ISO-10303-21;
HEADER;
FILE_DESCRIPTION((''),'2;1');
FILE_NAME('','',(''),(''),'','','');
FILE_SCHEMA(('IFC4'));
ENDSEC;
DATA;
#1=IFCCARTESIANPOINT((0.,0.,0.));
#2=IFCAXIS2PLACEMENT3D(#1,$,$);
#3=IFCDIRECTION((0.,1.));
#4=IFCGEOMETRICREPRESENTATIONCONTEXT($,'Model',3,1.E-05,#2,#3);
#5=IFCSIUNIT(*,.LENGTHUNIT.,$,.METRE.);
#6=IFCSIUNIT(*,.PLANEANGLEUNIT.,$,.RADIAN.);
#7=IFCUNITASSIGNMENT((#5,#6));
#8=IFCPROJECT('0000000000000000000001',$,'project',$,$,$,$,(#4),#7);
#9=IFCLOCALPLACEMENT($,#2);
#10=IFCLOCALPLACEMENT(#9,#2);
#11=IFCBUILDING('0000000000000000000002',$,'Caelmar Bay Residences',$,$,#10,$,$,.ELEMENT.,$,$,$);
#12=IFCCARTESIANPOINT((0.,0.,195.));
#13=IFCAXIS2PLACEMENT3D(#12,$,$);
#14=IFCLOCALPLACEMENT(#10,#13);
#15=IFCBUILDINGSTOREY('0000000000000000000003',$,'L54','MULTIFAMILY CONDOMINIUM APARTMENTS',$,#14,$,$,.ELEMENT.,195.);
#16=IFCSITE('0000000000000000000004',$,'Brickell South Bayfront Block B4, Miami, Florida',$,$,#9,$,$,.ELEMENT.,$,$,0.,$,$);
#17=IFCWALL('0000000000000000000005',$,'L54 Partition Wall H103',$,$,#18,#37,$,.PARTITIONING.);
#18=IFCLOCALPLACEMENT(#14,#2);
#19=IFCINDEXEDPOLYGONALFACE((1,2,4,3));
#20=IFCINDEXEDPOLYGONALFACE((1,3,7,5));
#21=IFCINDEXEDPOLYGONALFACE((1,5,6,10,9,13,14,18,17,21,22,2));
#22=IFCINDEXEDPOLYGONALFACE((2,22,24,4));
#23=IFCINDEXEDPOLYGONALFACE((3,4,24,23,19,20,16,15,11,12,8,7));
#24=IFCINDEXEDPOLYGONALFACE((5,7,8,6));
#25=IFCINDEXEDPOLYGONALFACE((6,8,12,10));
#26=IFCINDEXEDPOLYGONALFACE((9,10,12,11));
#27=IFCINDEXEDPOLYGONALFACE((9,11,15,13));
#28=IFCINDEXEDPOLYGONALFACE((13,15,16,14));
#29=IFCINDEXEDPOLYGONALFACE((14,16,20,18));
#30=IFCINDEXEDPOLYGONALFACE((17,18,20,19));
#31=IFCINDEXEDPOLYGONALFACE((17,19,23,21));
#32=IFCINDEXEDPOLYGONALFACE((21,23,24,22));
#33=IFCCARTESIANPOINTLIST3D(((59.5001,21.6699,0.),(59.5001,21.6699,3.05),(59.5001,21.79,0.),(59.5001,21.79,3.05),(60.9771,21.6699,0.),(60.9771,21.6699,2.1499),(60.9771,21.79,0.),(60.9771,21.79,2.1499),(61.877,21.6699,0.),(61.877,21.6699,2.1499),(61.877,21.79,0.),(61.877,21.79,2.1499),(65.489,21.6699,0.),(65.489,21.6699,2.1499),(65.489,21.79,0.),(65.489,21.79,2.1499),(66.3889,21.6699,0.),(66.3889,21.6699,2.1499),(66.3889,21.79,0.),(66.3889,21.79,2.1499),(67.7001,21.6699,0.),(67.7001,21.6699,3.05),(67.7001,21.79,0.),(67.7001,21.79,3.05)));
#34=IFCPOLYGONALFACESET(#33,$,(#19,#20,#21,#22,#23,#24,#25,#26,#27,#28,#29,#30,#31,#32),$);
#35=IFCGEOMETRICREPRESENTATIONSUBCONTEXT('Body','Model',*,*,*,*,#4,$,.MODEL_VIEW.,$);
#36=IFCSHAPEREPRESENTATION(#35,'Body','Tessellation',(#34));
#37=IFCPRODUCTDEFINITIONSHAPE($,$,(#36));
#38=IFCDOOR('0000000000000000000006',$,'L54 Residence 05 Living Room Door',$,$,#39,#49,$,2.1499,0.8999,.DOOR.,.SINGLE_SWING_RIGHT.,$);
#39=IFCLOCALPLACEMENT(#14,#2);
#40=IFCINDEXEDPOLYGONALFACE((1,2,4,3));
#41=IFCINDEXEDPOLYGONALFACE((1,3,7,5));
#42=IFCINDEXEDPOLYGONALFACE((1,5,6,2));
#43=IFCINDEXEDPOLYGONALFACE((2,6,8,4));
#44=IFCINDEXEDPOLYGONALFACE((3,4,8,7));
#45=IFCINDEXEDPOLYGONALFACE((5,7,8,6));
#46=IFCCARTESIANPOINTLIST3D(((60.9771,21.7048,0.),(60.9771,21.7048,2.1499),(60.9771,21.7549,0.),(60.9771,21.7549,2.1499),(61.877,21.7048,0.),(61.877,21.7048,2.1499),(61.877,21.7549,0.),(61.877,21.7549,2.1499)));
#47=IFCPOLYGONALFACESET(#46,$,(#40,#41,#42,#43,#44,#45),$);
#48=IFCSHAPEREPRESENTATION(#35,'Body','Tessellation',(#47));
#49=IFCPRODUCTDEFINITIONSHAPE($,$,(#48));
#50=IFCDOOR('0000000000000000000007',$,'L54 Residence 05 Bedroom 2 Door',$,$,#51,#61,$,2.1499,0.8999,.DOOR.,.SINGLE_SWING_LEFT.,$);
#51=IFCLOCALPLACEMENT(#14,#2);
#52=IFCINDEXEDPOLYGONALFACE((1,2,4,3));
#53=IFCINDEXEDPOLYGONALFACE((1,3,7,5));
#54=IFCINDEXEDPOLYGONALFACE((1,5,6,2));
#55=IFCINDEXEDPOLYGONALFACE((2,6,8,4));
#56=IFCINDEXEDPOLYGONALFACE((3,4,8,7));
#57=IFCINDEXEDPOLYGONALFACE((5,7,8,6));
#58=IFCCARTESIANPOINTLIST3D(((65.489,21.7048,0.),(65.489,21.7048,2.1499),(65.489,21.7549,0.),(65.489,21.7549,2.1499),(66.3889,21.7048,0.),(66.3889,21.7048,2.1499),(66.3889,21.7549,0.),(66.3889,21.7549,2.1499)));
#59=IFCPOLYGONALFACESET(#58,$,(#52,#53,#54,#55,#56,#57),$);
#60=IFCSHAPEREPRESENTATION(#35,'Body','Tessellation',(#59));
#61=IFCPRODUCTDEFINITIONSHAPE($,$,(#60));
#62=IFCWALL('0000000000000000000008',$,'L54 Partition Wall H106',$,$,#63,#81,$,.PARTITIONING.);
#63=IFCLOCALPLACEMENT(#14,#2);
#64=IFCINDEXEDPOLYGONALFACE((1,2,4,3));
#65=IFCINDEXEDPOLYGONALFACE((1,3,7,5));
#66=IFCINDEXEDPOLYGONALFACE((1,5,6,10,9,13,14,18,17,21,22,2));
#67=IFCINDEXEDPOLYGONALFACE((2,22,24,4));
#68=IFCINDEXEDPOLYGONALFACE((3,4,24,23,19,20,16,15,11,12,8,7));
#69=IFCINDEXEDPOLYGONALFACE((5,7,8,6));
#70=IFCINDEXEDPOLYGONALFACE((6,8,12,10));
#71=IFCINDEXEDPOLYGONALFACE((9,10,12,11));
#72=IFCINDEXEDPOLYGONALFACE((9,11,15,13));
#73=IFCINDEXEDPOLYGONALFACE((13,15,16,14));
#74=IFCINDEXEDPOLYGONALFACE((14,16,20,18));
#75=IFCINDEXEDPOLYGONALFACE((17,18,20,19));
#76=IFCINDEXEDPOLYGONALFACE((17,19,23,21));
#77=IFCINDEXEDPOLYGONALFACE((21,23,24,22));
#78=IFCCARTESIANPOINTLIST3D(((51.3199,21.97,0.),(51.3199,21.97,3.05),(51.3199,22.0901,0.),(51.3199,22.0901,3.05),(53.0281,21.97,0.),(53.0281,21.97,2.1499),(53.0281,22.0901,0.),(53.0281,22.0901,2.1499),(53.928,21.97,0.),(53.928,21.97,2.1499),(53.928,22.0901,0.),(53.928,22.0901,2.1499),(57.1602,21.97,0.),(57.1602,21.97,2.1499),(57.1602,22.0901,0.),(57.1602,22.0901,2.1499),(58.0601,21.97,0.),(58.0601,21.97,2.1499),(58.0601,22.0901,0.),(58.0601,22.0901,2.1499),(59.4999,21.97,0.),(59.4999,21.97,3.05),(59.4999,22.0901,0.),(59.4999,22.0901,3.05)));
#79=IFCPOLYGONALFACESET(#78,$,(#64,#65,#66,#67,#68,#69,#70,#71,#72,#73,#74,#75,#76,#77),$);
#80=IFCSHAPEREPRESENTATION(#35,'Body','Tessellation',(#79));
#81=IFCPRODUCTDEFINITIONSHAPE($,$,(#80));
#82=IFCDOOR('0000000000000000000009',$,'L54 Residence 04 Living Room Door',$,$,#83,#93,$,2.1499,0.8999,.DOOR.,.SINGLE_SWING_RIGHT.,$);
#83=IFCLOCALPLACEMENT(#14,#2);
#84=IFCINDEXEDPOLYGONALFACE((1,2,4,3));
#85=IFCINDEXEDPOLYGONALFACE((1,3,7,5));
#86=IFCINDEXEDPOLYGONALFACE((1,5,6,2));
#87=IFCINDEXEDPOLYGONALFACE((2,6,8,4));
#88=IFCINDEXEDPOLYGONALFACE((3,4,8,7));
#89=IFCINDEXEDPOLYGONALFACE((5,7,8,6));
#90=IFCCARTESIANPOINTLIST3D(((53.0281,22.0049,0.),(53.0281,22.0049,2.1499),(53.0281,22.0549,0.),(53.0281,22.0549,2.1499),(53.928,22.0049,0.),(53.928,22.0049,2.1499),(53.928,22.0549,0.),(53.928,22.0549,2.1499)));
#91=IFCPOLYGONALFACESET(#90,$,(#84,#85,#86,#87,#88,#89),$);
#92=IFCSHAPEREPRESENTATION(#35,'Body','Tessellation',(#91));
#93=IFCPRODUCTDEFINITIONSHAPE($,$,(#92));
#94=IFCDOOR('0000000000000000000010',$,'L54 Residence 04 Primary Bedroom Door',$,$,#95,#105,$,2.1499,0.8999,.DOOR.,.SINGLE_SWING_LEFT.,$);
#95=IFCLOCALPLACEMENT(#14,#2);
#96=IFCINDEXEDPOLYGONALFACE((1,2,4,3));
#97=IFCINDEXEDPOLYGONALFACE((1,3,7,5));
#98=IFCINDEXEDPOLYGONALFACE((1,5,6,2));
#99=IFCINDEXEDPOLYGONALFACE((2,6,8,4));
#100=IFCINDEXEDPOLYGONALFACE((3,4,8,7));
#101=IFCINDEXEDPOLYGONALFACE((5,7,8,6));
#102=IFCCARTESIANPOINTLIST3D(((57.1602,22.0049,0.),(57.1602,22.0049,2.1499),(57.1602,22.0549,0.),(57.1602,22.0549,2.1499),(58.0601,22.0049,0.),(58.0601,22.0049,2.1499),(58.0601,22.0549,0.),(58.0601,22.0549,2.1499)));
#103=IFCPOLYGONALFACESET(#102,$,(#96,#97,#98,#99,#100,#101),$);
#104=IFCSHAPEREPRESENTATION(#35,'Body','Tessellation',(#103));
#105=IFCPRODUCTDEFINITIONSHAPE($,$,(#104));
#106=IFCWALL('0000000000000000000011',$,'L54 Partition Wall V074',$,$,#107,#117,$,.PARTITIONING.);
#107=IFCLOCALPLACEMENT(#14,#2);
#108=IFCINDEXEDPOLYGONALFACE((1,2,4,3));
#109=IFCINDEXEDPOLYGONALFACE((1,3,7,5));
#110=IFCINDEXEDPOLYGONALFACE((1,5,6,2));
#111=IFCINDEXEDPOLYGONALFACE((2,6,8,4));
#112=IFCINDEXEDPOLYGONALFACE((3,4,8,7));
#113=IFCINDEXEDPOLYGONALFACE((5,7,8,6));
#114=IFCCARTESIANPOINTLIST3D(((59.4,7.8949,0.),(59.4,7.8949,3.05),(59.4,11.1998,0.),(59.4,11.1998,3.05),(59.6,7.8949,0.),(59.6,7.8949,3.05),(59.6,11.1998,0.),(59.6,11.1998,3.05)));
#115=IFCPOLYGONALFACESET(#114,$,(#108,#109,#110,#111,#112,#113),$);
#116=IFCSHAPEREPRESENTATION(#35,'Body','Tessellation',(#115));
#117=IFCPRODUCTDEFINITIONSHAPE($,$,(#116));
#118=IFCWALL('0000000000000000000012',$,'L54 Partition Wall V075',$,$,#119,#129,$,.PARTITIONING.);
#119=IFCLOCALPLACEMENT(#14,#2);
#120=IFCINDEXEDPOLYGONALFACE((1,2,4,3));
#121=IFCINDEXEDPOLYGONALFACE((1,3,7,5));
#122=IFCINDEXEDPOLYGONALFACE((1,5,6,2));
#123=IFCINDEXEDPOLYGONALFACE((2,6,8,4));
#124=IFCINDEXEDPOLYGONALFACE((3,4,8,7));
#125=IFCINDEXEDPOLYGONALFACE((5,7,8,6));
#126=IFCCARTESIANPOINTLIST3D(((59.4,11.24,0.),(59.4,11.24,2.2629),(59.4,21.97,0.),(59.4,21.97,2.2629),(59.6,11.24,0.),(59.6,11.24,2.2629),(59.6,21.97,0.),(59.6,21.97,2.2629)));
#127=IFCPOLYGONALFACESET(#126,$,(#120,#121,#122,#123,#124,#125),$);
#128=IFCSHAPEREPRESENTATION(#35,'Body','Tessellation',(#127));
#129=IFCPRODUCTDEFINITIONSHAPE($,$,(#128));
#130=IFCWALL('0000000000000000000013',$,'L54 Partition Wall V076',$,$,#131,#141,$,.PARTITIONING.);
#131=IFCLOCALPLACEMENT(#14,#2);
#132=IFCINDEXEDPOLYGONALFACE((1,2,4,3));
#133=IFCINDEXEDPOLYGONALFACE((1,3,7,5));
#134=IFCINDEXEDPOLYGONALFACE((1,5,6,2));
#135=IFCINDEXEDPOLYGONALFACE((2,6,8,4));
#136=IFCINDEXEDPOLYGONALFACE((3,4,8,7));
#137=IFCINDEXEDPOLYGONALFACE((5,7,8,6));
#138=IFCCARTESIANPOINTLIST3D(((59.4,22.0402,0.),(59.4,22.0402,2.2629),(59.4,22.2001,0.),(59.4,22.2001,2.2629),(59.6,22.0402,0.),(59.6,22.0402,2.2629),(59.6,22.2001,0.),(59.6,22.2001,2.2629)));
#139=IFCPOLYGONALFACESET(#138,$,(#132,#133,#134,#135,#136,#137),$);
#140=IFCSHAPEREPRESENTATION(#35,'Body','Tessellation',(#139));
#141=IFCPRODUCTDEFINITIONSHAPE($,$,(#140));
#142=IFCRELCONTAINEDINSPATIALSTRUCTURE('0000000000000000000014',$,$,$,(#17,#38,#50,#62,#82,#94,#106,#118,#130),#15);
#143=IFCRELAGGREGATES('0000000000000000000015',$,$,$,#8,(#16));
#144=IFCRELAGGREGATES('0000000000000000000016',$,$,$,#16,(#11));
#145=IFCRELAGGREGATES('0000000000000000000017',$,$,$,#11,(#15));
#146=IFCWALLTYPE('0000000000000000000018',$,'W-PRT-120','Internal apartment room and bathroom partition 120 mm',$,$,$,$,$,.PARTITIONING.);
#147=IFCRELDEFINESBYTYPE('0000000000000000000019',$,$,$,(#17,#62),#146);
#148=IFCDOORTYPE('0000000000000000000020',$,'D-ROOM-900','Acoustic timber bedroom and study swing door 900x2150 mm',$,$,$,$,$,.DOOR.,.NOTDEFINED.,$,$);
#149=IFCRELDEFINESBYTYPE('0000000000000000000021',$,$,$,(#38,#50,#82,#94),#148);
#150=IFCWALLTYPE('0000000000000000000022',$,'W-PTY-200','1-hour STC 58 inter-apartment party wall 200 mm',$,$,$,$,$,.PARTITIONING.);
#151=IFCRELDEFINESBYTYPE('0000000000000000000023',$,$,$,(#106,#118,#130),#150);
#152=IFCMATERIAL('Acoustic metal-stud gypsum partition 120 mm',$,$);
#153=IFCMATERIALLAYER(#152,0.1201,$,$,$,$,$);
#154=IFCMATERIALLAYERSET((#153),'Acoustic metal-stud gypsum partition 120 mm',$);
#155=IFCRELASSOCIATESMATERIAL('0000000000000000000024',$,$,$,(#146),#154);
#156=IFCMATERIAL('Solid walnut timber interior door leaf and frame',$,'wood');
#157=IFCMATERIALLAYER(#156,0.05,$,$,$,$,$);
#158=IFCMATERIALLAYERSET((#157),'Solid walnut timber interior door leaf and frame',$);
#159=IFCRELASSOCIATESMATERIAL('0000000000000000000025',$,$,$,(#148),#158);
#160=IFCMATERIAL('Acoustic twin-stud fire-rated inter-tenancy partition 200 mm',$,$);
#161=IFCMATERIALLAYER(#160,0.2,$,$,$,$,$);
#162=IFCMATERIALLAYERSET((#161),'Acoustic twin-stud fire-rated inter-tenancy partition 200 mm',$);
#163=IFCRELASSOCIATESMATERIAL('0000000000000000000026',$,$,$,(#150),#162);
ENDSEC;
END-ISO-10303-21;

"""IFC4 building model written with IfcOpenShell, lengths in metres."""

from ifc_helpers import new_model, si_unit, direction, frame, frame_2d, origin, place, context, subcontext, project, spatial, rectangle, extrude, material, layer, layer_set, type_object, element, fill, save


model = new_model("IFC4")

# Units and contexts
model_context = context("Model", 3, precision=1e-05, world=origin(), true_north=direction((0.0, 1.0)))
body_context = subcontext(model_context, "Body", "Model", "MODEL_VIEW")
ifc_project = project(units=[si_unit("LENGTHUNIT", "METRE"), si_unit("PLANEANGLEUNIT", "RADIAN")], contexts=[model_context])

# Site, building, storey
site_placement = place(None, origin())
site = spatial("IfcSite", under=ifc_project, at=site_placement, Name="Brickell South Bayfront Block B4, Miami, Florida", CompositionType="ELEMENT", RefElevation=0.0)
building_placement = place(site_placement, origin())
building = spatial("IfcBuilding", under=site, at=building_placement, Name="Caelmar Bay Residences", CompositionType="ELEMENT")
storey_placement = place(building_placement, frame((0.0, 0.0, 195.0)))
storey = spatial("IfcBuildingStorey", under=building, at=storey_placement, Name="L54", Description="MULTIFAMILY CONDOMINIUM APARTMENTS", CompositionType="ELEMENT", Elevation=195.0)

# Shared definitions
ifc_material_1 = material(Name="Acoustic metal-stud gypsum partition 120 mm")
ifc_layer_1 = layer(ifc_material_1, 0.1201)
ifc_layer_set_1 = layer_set([ifc_layer_1], Name="Acoustic metal-stud gypsum partition 120 mm")
wall_type_1 = type_object("IfcWallType", Name="W-PRT-120", Description="Internal apartment room and bathroom partition 120 mm", PredefinedType="PARTITIONING", material=ifc_layer_set_1)

# Shared definitions
ifc_material_2 = material(Name="Solid walnut timber interior door leaf and frame", Category="wood")
ifc_layer_2 = layer(ifc_material_2, 0.05)
ifc_layer_set_2 = layer_set([ifc_layer_2], Name="Solid walnut timber interior door leaf and frame")
door_type = type_object("IfcDoorType", Name="D-ROOM-900", Description="Acoustic timber bedroom and study swing door 900x2150 mm", OperationType="NOTDEFINED", PredefinedType="DOOR", material=ifc_layer_set_2)

# Walls, openings, doors
wall_1_placement = place(storey_placement, frame((59.5, 21.73, 0.0), z_axis=(0.0, 0.0, 1.0), x_axis=(1.0, 0.0, 0.0)))
wall_1 = element("IfcWall", 1, at=wall_1_placement, inside=storey, type_object=wall_type_1, Name="L54 Partition Wall H103", PredefinedType="PARTITIONING", context=body_context, shape_type="SweptSolid", body=[
    extrude(rectangle(XDim=8.2, YDim=0.1201, at=frame_2d((4.1001, 0.0))), origin(), (0.0, 0.0, 1.0), 3.05),
])
opening_1_placement = place(wall_1_placement, frame((1.4771, 0.0, 0.0)))
opening_1 = element("IfcOpeningElement", 2, at=opening_1_placement, cuts=wall_1, PredefinedType="OPENING", context=body_context, shape_type="SweptSolid", body=[
    extrude(rectangle(XDim=0.8999, YDim=2.1499, at=frame_2d((0.45, 1.075))), frame((0.0, 0.0701, 0.0), z_axis=(0.0, -1.0, 0.0), x_axis=(1.0, 0.0, 0.0)), (0.0, 0.0, 1.0), 0.1401),
])
opening_2_placement = place(wall_1_placement, frame((5.989, 0.0, 0.0)))
opening_2 = element("IfcOpeningElement", 3, at=opening_2_placement, cuts=wall_1, PredefinedType="OPENING", context=body_context, shape_type="SweptSolid", body=[
    extrude(rectangle(XDim=0.8999, YDim=2.1499, at=frame_2d((0.45, 1.075))), frame((0.0, 0.0701, 0.0), z_axis=(0.0, -1.0, 0.0), x_axis=(1.0, 0.0, 0.0)), (0.0, 0.0, 1.0), 0.1401),
])
door_1_placement = place(opening_1_placement, origin())
door_1 = element("IfcDoor", 4, at=door_1_placement, inside=storey, type_object=door_type, Name="L54 Residence 05 Living Room Door", OperationType="SINGLE_SWING_RIGHT", OverallHeight=2.1499, OverallWidth=0.8999, PredefinedType="DOOR", context=body_context, shape_type="SweptSolid", body=[
    extrude(rectangle(XDim=0.8999, YDim=2.1499, at=frame_2d((0.45, 1.075))), frame((0.0, 0.0249, 0.0), z_axis=(0.0, -1.0, 0.0), x_axis=(1.0, 0.0, 0.0)), (0.0, 0.0, 1.0), 0.05),
])
fill(opening_1, door_1)
door_2_placement = place(opening_2_placement, origin())
door_2 = element("IfcDoor", 5, at=door_2_placement, inside=storey, type_object=door_type, Name="L54 Residence 05 Bedroom 2 Door", OperationType="SINGLE_SWING_LEFT", OverallHeight=2.1499, OverallWidth=0.8999, PredefinedType="DOOR", context=body_context, shape_type="SweptSolid", body=[
    extrude(rectangle(XDim=0.8999, YDim=2.1499, at=frame_2d((0.45, 1.075))), frame((0.0, 0.0249, 0.0), z_axis=(0.0, -1.0, 0.0), x_axis=(1.0, 0.0, 0.0)), (0.0, 0.0, 1.0), 0.05),
])
fill(opening_2, door_2)
wall_2_placement = place(storey_placement, frame((51.3201, 22.03, 0.0), z_axis=(0.0, 0.0, 1.0), x_axis=(1.0, 0.0, 0.0)))
wall_2 = element("IfcWall", 6, at=wall_2_placement, inside=storey, type_object=wall_type_1, Name="L54 Partition Wall H106", PredefinedType="PARTITIONING", context=body_context, shape_type="SweptSolid", body=[
    extrude(rectangle(XDim=8.1799, YDim=0.1201, at=frame_2d((4.0898, 0.0))), origin(), (0.0, 0.0, 1.0), 3.05),
])
opening_3_placement = place(wall_2_placement, frame((1.708, 0.0, 0.0)))
opening_3 = element("IfcOpeningElement", 7, at=opening_3_placement, cuts=wall_2, PredefinedType="OPENING", context=body_context, shape_type="SweptSolid", body=[
    extrude(rectangle(XDim=0.8999, YDim=2.1499, at=frame_2d((0.45, 1.075))), frame((0.0, 0.0701, 0.0), z_axis=(0.0, -1.0, 0.0), x_axis=(1.0, 0.0, 0.0)), (0.0, 0.0, 1.0), 0.1401),
])
opening_4_placement = place(wall_2_placement, frame((5.8401, 0.0, 0.0)))
opening_4 = element("IfcOpeningElement", 8, at=opening_4_placement, cuts=wall_2, PredefinedType="OPENING", context=body_context, shape_type="SweptSolid", body=[
    extrude(rectangle(XDim=0.8999, YDim=2.1499, at=frame_2d((0.45, 1.075))), frame((0.0, 0.0701, 0.0), z_axis=(0.0, -1.0, 0.0), x_axis=(1.0, 0.0, 0.0)), (0.0, 0.0, 1.0), 0.1401),
])
door_3_placement = place(opening_3_placement, origin())
door_3 = element("IfcDoor", 9, at=door_3_placement, inside=storey, type_object=door_type, Name="L54 Residence 04 Living Room Door", OperationType="SINGLE_SWING_RIGHT", OverallHeight=2.1499, OverallWidth=0.8999, PredefinedType="DOOR", context=body_context, shape_type="SweptSolid", body=[
    extrude(rectangle(XDim=0.8999, YDim=2.1499, at=frame_2d((0.45, 1.075))), frame((0.0, 0.0249, 0.0), z_axis=(0.0, -1.0, 0.0), x_axis=(1.0, 0.0, 0.0)), (0.0, 0.0, 1.0), 0.05),
])
fill(opening_3, door_3)
door_4_placement = place(opening_4_placement, origin())
door_4 = element("IfcDoor", 10, at=door_4_placement, inside=storey, type_object=door_type, Name="L54 Residence 04 Primary Bedroom Door", OperationType="SINGLE_SWING_LEFT", OverallHeight=2.1499, OverallWidth=0.8999, PredefinedType="DOOR", context=body_context, shape_type="SweptSolid", body=[
    extrude(rectangle(XDim=0.8999, YDim=2.1499, at=frame_2d((0.45, 1.075))), frame((0.0, 0.0249, 0.0), z_axis=(0.0, -1.0, 0.0), x_axis=(1.0, 0.0, 0.0)), (0.0, 0.0, 1.0), 0.05),
])
fill(opening_4, door_4)

# Walls
ifc_material_3 = material(Name="Acoustic twin-stud fire-rated inter-tenancy partition 200 mm")
ifc_layer_3 = layer(ifc_material_3, 0.2)
ifc_layer_set_3 = layer_set([ifc_layer_3], Name="Acoustic twin-stud fire-rated inter-tenancy partition 200 mm")
wall_type_2 = type_object("IfcWallType", Name="W-PTY-200", Description="1-hour STC 58 inter-apartment party wall 200 mm", PredefinedType="PARTITIONING", material=ifc_layer_set_3)
wall_3_placement = place(storey_placement, frame((59.5, 7.895, 0.0), z_axis=(0.0, 0.0, 1.0), x_axis=(0.0, 1.0, 0.0)))
element("IfcWall", 11, at=wall_3_placement, inside=storey, type_object=wall_type_2, Name="L54 Partition Wall V074", PredefinedType="PARTITIONING", context=body_context, shape_type="SweptSolid", body=[
    extrude(rectangle(XDim=3.3049, YDim=0.2, at=frame_2d((1.6523, 0.0))), origin(), (0.0, 0.0, 1.0), 3.05),
])
wall_4_placement = place(storey_placement, frame((59.5, 11.24, 0.0), z_axis=(0.0, 0.0, 1.0), x_axis=(0.0, 1.0, 0.0)))
element("IfcWall", 12, at=wall_4_placement, inside=storey, type_object=wall_type_2, Name="L54 Partition Wall V075", PredefinedType="PARTITIONING", context=body_context, shape_type="SweptSolid", body=[
    extrude(rectangle(XDim=10.73, YDim=0.2, at=frame_2d((5.365, 0.0))), origin(), (0.0, 0.0, 1.0), 2.2629),
])
wall_5_placement = place(storey_placement, frame((59.5, 22.04, 0.0), z_axis=(0.0, 0.0, 1.0), x_axis=(0.0, 1.0, 0.0)))
element("IfcWall", 13, at=wall_5_placement, inside=storey, type_object=wall_type_2, Name="L54 Partition Wall V076", PredefinedType="PARTITIONING", context=body_context, shape_type="SweptSolid", body=[
    extrude(rectangle(XDim=0.1599, YDim=0.2, at=frame_2d((0.0801, 0.0))), origin(), (0.0, 0.0, 1.0), 2.2629),
])

save(model, "model.ifc")
